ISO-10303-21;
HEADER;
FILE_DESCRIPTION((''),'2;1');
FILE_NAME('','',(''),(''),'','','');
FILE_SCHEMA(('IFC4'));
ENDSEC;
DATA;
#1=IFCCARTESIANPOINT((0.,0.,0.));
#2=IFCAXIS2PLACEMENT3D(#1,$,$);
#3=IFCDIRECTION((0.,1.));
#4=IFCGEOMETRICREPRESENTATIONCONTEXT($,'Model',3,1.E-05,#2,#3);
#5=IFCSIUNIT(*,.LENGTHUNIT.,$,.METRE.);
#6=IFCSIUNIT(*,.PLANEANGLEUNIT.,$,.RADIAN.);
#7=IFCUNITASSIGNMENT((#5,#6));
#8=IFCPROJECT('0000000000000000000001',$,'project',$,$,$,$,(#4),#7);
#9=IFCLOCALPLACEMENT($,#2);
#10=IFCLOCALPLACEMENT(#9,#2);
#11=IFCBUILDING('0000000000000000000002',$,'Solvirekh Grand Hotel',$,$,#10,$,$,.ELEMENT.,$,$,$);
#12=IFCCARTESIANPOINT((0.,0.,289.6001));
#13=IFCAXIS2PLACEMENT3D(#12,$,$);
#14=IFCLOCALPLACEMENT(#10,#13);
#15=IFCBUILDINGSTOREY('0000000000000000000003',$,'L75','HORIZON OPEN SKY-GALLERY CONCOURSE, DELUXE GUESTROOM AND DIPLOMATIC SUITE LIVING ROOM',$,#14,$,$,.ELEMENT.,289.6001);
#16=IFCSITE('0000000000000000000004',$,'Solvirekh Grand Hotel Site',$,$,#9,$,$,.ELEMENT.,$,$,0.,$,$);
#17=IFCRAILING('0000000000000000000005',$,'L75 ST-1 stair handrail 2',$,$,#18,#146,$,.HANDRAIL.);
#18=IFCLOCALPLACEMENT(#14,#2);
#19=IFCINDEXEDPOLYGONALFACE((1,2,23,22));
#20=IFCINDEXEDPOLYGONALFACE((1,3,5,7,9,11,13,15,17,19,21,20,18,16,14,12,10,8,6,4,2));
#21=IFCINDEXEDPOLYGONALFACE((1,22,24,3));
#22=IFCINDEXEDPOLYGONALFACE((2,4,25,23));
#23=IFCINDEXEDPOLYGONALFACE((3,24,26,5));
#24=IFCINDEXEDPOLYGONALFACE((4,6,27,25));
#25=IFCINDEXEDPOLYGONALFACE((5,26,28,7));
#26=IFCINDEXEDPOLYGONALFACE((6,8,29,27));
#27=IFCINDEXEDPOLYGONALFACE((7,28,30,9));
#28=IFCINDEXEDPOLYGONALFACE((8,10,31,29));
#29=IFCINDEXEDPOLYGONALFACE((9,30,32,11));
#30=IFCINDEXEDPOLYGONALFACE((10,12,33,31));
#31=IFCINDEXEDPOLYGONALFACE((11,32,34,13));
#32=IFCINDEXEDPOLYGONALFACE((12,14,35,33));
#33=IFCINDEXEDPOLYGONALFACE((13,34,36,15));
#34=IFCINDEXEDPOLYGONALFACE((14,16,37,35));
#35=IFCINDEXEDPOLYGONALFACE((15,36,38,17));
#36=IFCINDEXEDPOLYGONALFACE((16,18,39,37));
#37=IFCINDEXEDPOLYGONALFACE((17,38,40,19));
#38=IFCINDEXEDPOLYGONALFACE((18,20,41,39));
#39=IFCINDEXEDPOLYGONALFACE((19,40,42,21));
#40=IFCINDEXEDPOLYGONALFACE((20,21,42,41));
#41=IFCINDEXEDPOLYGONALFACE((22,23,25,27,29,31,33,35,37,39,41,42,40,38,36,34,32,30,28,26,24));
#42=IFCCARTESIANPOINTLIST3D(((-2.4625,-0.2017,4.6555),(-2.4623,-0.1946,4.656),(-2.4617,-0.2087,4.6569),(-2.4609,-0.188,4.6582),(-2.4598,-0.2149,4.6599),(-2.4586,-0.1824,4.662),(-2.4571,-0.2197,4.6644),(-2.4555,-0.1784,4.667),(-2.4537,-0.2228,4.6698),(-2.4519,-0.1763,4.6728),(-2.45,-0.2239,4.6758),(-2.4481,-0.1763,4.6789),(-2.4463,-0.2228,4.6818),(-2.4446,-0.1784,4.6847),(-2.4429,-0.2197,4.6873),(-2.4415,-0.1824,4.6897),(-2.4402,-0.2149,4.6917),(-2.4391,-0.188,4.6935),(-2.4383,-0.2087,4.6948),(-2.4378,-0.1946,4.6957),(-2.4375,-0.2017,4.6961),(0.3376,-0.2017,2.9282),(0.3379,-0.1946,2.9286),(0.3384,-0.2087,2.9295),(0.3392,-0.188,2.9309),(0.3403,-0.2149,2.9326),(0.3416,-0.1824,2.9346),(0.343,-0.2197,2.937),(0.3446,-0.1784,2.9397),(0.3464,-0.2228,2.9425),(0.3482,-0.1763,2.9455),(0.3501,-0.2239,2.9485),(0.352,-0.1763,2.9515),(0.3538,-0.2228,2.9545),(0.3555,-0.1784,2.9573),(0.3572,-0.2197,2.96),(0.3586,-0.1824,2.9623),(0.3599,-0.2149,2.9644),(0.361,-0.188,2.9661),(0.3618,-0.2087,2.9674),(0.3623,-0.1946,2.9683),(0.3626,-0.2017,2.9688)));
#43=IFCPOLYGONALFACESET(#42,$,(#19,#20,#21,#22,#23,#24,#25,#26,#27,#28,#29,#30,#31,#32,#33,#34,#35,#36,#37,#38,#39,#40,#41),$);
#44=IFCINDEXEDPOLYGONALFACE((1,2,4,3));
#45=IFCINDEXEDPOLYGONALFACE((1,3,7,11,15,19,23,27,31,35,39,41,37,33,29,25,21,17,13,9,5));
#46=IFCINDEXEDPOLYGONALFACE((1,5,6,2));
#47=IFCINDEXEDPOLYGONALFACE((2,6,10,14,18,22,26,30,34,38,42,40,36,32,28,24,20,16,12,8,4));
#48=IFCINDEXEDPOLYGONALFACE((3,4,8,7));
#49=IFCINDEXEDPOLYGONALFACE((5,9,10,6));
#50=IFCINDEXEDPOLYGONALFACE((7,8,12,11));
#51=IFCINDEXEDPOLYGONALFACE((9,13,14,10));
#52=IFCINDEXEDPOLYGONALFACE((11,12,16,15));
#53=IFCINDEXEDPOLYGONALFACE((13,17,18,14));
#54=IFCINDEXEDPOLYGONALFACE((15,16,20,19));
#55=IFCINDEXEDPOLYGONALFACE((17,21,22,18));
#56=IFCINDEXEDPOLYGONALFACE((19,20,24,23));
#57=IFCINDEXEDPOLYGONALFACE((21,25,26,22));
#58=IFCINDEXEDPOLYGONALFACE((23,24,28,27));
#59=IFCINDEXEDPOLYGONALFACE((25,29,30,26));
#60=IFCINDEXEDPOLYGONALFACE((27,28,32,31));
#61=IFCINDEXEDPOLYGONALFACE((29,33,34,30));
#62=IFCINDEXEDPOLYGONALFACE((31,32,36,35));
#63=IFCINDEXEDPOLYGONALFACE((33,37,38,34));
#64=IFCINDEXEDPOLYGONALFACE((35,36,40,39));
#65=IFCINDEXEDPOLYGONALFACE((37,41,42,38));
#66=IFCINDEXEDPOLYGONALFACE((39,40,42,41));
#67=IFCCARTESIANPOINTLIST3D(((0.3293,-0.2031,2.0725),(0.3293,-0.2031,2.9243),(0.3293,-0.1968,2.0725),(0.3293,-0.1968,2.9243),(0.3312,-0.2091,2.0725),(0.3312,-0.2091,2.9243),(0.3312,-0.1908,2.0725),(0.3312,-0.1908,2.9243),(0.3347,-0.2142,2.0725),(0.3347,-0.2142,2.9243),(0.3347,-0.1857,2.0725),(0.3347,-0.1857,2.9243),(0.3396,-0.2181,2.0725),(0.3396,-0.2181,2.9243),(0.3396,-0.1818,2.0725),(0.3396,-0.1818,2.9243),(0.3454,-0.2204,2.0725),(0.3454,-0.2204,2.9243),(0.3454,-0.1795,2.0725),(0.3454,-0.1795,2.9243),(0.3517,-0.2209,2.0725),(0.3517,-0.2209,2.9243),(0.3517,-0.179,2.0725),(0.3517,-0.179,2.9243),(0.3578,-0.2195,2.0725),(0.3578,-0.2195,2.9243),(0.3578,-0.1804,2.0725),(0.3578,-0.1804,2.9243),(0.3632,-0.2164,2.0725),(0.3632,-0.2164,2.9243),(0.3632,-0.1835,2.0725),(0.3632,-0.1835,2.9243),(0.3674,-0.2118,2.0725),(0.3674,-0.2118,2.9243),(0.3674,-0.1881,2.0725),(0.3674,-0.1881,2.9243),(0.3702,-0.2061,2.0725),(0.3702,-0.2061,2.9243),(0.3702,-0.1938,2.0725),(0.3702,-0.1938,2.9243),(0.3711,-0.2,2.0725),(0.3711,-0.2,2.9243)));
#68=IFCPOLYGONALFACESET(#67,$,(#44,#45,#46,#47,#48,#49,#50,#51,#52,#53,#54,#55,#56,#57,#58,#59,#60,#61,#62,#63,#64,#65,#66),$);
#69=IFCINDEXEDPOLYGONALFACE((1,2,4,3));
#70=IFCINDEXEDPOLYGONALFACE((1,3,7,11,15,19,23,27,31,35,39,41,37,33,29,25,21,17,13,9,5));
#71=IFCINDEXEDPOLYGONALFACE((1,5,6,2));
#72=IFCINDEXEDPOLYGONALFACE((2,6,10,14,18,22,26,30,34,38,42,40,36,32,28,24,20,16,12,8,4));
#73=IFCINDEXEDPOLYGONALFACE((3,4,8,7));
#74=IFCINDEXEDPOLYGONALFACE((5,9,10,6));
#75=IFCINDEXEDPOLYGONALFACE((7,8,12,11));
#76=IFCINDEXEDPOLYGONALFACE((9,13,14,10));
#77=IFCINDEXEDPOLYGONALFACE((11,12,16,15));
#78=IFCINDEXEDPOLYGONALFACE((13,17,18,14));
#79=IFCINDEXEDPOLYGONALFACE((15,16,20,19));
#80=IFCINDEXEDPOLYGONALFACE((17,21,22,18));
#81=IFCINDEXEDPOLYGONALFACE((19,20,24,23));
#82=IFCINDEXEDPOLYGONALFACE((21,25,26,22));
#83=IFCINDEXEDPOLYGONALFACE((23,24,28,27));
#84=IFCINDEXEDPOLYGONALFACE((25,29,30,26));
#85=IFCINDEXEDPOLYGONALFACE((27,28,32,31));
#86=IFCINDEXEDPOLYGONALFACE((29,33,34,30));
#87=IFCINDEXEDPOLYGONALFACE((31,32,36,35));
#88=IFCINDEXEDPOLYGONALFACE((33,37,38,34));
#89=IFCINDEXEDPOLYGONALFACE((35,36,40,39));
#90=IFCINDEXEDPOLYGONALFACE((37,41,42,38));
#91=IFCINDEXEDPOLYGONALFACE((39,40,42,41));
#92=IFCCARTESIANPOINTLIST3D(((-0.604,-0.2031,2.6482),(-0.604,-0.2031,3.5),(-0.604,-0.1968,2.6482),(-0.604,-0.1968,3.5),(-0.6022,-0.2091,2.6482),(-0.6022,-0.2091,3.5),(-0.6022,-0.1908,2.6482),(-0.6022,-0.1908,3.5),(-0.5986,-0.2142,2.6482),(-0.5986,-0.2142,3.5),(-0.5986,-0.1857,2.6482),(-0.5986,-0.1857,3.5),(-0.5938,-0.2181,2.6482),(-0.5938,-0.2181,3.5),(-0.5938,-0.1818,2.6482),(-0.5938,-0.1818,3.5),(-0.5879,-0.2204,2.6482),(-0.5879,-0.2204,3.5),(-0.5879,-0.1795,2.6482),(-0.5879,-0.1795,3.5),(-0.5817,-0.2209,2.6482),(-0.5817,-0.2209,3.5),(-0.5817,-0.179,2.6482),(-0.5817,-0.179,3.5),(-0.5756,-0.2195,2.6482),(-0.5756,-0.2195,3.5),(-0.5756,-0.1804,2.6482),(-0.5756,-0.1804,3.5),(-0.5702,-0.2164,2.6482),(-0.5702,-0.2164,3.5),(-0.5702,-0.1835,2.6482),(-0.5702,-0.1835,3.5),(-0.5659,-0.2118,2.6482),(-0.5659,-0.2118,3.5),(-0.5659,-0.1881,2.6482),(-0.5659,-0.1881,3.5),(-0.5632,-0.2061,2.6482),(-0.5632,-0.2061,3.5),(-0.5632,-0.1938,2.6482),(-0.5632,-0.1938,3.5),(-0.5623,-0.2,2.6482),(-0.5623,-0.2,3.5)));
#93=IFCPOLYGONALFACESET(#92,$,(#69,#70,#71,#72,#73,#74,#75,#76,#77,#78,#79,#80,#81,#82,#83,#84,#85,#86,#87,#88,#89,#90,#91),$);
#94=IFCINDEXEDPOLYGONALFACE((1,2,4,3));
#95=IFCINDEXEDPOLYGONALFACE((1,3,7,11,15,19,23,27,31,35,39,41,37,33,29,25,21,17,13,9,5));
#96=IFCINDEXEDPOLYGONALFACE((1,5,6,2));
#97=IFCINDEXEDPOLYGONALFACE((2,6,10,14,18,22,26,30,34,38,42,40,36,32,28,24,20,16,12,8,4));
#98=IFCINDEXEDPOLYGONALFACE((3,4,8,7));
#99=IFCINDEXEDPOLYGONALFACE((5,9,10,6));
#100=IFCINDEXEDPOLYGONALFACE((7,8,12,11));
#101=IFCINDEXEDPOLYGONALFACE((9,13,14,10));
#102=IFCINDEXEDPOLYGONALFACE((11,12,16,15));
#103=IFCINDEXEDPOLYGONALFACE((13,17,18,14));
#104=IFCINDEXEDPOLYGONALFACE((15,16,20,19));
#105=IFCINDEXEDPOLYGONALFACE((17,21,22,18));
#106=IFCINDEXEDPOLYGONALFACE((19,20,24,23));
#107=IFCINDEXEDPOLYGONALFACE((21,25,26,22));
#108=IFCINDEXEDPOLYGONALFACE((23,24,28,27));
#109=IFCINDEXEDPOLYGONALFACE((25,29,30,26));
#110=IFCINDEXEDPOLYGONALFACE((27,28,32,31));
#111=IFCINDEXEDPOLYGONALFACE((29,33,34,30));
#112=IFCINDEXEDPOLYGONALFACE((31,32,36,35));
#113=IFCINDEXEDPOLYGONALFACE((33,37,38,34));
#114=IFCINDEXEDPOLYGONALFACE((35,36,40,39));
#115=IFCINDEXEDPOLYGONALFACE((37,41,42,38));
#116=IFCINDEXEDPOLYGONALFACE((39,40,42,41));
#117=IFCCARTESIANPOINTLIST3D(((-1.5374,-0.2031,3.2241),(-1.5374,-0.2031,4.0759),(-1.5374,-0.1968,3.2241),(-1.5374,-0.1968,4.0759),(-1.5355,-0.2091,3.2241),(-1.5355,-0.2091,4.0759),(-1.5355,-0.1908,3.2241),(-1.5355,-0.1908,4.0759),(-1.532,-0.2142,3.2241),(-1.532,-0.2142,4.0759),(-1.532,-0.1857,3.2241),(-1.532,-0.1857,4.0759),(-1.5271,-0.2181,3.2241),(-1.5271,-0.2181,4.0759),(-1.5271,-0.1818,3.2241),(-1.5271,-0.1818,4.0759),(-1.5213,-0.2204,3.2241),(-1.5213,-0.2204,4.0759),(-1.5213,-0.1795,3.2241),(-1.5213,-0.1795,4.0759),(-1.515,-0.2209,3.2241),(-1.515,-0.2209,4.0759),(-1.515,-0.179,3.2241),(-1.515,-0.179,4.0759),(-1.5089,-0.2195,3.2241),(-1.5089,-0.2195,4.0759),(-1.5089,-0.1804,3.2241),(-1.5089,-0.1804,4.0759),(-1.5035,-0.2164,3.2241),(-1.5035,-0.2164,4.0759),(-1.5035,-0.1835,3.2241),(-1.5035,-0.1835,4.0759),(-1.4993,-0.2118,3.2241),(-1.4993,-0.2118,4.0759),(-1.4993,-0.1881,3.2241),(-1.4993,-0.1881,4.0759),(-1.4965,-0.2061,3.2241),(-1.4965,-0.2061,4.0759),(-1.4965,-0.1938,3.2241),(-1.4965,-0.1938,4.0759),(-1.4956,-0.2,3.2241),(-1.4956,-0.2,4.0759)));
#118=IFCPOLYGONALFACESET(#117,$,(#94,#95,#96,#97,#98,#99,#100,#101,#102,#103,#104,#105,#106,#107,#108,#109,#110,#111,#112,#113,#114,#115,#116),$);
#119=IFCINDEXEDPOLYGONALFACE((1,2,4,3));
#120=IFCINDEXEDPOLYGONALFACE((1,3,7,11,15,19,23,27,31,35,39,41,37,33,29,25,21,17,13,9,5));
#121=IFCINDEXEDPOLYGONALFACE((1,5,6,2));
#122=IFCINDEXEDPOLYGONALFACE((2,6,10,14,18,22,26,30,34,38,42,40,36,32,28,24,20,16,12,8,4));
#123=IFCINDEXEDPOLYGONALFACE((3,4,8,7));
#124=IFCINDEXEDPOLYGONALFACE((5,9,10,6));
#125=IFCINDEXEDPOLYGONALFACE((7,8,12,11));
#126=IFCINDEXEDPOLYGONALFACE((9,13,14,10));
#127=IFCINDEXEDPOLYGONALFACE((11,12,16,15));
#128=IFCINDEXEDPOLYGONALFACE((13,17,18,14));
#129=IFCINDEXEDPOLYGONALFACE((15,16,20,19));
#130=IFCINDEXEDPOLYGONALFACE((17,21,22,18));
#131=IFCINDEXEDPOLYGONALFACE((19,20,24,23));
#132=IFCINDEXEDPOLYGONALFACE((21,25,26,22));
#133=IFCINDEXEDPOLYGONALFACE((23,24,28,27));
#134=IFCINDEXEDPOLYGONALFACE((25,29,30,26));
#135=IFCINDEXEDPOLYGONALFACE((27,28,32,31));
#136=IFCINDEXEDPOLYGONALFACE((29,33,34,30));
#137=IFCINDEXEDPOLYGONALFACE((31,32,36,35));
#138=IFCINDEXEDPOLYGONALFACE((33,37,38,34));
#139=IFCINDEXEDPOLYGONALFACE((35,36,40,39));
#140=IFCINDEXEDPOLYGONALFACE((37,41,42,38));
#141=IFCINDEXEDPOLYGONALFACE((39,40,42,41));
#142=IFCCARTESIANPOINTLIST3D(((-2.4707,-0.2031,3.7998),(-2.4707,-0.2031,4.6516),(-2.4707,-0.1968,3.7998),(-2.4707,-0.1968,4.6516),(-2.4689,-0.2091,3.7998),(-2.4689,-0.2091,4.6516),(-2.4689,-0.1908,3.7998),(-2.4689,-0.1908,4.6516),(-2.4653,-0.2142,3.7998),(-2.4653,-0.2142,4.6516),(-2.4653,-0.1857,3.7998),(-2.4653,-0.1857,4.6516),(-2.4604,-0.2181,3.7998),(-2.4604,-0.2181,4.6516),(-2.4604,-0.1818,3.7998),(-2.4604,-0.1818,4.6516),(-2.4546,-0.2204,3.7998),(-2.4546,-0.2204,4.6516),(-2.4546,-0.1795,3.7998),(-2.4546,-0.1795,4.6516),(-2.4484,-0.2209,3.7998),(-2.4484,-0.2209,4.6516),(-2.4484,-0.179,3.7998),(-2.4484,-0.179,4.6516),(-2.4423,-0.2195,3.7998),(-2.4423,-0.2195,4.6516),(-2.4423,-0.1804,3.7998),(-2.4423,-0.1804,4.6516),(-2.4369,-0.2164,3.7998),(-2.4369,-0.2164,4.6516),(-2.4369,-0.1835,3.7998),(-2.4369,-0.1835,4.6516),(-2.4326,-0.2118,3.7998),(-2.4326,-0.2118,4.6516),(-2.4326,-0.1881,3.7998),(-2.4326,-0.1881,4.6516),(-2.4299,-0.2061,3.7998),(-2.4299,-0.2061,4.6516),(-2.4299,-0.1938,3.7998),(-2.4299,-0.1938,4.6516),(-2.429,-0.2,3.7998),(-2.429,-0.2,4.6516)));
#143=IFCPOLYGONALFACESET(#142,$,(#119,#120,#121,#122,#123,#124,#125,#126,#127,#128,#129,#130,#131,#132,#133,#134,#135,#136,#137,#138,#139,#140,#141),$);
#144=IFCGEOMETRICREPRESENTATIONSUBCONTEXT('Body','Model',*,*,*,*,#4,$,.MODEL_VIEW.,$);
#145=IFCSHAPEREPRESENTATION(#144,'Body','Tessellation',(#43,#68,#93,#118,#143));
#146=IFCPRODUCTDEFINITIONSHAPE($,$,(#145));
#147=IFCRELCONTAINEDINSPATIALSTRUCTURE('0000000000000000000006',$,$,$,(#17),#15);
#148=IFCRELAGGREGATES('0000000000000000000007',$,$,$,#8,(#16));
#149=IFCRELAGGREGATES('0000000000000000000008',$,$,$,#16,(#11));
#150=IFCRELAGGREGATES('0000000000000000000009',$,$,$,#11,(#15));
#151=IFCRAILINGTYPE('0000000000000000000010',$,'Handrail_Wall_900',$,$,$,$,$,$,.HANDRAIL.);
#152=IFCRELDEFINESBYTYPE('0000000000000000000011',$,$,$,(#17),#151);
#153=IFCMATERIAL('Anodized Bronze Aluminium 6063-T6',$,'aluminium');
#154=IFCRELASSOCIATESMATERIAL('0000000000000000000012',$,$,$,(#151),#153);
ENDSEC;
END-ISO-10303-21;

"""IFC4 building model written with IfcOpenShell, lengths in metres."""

from ifc_helpers import new_model, si_unit, direction, frame, origin, origin_2d, place, context, subcontext, project, spatial, circle, extrude, material, type_object, element, save


model = new_model("IFC4")

# Units and contexts
model_context = context("Model", 3, precision=1e-05, world=origin(), true_north=direction((0.0, 1.0)))
body_context = subcontext(model_context, "Body", "Model", "MODEL_VIEW")
ifc_project = project(units=[si_unit("LENGTHUNIT", "METRE"), si_unit("PLANEANGLEUNIT", "RADIAN")], contexts=[model_context])

# Site, building, storey
site_placement = place(None, origin())
site = spatial("IfcSite", under=ifc_project, at=site_placement, Name="Solvirekh Grand Hotel Site", CompositionType="ELEMENT", RefElevation=0.0)
building_placement = place(site_placement, origin())
building = spatial("IfcBuilding", under=site, at=building_placement, Name="Solvirekh Grand Hotel", CompositionType="ELEMENT")
storey_placement = place(building_placement, frame((0.0, 0.0, 289.6001)))
storey = spatial("IfcBuildingStorey", under=building, at=storey_placement, Name="L75", Description="HORIZON OPEN SKY-GALLERY CONCOURSE, DELUXE GUESTROOM AND DIPLOMATIC SUITE LIVING ROOM", CompositionType="ELEMENT", Elevation=289.6001)

# Railing
ifc_material_1 = material(Name="Anodized Bronze Aluminium 6063-T6", Category="aluminium")
railing_type_1 = type_object("IfcRailingType", Name="Handrail_Wall_900", PredefinedType="HANDRAIL", material=ifc_material_1)
railing_1_placement = place(storey_placement, frame((0.3501, -0.2, 2.0725)))
element("IfcRailing", 1, at=railing_1_placement, inside=storey, type_object=railing_type_1, Name="L75 ST-1 stair handrail 2", PredefinedType="HANDRAIL", context=body_context, shape_type="SweptSolid", body=[
    extrude(circle(Radius=0.0239, at=origin_2d()), frame((0.0, 0.0, 0.876), z_axis=(-0.85109, 0.0, 0.52502), x_axis=(0.0, -1.0, 0.0)), (0.0, 0.0, 1.0), 3.29),
    extrude(circle(Radius=0.021, at=origin_2d()), origin(), (0.0, 0.0, 1.0), 0.8518),
    extrude(circle(Radius=0.021, at=origin_2d()), frame((-0.9333, 0.0, 0.5757)), (0.0, 0.0, 1.0), 0.8518),
    extrude(circle(Radius=0.021, at=origin_2d()), frame((-1.8667, 0.0, 1.1516)), (0.0, 0.0, 1.0), 0.8518),
    extrude(circle(Radius=0.021, at=origin_2d()), frame((-2.8, 0.0, 1.7273)), (0.0, 0.0, 1.0), 0.8518),
])

save(model, "model.ifc")
